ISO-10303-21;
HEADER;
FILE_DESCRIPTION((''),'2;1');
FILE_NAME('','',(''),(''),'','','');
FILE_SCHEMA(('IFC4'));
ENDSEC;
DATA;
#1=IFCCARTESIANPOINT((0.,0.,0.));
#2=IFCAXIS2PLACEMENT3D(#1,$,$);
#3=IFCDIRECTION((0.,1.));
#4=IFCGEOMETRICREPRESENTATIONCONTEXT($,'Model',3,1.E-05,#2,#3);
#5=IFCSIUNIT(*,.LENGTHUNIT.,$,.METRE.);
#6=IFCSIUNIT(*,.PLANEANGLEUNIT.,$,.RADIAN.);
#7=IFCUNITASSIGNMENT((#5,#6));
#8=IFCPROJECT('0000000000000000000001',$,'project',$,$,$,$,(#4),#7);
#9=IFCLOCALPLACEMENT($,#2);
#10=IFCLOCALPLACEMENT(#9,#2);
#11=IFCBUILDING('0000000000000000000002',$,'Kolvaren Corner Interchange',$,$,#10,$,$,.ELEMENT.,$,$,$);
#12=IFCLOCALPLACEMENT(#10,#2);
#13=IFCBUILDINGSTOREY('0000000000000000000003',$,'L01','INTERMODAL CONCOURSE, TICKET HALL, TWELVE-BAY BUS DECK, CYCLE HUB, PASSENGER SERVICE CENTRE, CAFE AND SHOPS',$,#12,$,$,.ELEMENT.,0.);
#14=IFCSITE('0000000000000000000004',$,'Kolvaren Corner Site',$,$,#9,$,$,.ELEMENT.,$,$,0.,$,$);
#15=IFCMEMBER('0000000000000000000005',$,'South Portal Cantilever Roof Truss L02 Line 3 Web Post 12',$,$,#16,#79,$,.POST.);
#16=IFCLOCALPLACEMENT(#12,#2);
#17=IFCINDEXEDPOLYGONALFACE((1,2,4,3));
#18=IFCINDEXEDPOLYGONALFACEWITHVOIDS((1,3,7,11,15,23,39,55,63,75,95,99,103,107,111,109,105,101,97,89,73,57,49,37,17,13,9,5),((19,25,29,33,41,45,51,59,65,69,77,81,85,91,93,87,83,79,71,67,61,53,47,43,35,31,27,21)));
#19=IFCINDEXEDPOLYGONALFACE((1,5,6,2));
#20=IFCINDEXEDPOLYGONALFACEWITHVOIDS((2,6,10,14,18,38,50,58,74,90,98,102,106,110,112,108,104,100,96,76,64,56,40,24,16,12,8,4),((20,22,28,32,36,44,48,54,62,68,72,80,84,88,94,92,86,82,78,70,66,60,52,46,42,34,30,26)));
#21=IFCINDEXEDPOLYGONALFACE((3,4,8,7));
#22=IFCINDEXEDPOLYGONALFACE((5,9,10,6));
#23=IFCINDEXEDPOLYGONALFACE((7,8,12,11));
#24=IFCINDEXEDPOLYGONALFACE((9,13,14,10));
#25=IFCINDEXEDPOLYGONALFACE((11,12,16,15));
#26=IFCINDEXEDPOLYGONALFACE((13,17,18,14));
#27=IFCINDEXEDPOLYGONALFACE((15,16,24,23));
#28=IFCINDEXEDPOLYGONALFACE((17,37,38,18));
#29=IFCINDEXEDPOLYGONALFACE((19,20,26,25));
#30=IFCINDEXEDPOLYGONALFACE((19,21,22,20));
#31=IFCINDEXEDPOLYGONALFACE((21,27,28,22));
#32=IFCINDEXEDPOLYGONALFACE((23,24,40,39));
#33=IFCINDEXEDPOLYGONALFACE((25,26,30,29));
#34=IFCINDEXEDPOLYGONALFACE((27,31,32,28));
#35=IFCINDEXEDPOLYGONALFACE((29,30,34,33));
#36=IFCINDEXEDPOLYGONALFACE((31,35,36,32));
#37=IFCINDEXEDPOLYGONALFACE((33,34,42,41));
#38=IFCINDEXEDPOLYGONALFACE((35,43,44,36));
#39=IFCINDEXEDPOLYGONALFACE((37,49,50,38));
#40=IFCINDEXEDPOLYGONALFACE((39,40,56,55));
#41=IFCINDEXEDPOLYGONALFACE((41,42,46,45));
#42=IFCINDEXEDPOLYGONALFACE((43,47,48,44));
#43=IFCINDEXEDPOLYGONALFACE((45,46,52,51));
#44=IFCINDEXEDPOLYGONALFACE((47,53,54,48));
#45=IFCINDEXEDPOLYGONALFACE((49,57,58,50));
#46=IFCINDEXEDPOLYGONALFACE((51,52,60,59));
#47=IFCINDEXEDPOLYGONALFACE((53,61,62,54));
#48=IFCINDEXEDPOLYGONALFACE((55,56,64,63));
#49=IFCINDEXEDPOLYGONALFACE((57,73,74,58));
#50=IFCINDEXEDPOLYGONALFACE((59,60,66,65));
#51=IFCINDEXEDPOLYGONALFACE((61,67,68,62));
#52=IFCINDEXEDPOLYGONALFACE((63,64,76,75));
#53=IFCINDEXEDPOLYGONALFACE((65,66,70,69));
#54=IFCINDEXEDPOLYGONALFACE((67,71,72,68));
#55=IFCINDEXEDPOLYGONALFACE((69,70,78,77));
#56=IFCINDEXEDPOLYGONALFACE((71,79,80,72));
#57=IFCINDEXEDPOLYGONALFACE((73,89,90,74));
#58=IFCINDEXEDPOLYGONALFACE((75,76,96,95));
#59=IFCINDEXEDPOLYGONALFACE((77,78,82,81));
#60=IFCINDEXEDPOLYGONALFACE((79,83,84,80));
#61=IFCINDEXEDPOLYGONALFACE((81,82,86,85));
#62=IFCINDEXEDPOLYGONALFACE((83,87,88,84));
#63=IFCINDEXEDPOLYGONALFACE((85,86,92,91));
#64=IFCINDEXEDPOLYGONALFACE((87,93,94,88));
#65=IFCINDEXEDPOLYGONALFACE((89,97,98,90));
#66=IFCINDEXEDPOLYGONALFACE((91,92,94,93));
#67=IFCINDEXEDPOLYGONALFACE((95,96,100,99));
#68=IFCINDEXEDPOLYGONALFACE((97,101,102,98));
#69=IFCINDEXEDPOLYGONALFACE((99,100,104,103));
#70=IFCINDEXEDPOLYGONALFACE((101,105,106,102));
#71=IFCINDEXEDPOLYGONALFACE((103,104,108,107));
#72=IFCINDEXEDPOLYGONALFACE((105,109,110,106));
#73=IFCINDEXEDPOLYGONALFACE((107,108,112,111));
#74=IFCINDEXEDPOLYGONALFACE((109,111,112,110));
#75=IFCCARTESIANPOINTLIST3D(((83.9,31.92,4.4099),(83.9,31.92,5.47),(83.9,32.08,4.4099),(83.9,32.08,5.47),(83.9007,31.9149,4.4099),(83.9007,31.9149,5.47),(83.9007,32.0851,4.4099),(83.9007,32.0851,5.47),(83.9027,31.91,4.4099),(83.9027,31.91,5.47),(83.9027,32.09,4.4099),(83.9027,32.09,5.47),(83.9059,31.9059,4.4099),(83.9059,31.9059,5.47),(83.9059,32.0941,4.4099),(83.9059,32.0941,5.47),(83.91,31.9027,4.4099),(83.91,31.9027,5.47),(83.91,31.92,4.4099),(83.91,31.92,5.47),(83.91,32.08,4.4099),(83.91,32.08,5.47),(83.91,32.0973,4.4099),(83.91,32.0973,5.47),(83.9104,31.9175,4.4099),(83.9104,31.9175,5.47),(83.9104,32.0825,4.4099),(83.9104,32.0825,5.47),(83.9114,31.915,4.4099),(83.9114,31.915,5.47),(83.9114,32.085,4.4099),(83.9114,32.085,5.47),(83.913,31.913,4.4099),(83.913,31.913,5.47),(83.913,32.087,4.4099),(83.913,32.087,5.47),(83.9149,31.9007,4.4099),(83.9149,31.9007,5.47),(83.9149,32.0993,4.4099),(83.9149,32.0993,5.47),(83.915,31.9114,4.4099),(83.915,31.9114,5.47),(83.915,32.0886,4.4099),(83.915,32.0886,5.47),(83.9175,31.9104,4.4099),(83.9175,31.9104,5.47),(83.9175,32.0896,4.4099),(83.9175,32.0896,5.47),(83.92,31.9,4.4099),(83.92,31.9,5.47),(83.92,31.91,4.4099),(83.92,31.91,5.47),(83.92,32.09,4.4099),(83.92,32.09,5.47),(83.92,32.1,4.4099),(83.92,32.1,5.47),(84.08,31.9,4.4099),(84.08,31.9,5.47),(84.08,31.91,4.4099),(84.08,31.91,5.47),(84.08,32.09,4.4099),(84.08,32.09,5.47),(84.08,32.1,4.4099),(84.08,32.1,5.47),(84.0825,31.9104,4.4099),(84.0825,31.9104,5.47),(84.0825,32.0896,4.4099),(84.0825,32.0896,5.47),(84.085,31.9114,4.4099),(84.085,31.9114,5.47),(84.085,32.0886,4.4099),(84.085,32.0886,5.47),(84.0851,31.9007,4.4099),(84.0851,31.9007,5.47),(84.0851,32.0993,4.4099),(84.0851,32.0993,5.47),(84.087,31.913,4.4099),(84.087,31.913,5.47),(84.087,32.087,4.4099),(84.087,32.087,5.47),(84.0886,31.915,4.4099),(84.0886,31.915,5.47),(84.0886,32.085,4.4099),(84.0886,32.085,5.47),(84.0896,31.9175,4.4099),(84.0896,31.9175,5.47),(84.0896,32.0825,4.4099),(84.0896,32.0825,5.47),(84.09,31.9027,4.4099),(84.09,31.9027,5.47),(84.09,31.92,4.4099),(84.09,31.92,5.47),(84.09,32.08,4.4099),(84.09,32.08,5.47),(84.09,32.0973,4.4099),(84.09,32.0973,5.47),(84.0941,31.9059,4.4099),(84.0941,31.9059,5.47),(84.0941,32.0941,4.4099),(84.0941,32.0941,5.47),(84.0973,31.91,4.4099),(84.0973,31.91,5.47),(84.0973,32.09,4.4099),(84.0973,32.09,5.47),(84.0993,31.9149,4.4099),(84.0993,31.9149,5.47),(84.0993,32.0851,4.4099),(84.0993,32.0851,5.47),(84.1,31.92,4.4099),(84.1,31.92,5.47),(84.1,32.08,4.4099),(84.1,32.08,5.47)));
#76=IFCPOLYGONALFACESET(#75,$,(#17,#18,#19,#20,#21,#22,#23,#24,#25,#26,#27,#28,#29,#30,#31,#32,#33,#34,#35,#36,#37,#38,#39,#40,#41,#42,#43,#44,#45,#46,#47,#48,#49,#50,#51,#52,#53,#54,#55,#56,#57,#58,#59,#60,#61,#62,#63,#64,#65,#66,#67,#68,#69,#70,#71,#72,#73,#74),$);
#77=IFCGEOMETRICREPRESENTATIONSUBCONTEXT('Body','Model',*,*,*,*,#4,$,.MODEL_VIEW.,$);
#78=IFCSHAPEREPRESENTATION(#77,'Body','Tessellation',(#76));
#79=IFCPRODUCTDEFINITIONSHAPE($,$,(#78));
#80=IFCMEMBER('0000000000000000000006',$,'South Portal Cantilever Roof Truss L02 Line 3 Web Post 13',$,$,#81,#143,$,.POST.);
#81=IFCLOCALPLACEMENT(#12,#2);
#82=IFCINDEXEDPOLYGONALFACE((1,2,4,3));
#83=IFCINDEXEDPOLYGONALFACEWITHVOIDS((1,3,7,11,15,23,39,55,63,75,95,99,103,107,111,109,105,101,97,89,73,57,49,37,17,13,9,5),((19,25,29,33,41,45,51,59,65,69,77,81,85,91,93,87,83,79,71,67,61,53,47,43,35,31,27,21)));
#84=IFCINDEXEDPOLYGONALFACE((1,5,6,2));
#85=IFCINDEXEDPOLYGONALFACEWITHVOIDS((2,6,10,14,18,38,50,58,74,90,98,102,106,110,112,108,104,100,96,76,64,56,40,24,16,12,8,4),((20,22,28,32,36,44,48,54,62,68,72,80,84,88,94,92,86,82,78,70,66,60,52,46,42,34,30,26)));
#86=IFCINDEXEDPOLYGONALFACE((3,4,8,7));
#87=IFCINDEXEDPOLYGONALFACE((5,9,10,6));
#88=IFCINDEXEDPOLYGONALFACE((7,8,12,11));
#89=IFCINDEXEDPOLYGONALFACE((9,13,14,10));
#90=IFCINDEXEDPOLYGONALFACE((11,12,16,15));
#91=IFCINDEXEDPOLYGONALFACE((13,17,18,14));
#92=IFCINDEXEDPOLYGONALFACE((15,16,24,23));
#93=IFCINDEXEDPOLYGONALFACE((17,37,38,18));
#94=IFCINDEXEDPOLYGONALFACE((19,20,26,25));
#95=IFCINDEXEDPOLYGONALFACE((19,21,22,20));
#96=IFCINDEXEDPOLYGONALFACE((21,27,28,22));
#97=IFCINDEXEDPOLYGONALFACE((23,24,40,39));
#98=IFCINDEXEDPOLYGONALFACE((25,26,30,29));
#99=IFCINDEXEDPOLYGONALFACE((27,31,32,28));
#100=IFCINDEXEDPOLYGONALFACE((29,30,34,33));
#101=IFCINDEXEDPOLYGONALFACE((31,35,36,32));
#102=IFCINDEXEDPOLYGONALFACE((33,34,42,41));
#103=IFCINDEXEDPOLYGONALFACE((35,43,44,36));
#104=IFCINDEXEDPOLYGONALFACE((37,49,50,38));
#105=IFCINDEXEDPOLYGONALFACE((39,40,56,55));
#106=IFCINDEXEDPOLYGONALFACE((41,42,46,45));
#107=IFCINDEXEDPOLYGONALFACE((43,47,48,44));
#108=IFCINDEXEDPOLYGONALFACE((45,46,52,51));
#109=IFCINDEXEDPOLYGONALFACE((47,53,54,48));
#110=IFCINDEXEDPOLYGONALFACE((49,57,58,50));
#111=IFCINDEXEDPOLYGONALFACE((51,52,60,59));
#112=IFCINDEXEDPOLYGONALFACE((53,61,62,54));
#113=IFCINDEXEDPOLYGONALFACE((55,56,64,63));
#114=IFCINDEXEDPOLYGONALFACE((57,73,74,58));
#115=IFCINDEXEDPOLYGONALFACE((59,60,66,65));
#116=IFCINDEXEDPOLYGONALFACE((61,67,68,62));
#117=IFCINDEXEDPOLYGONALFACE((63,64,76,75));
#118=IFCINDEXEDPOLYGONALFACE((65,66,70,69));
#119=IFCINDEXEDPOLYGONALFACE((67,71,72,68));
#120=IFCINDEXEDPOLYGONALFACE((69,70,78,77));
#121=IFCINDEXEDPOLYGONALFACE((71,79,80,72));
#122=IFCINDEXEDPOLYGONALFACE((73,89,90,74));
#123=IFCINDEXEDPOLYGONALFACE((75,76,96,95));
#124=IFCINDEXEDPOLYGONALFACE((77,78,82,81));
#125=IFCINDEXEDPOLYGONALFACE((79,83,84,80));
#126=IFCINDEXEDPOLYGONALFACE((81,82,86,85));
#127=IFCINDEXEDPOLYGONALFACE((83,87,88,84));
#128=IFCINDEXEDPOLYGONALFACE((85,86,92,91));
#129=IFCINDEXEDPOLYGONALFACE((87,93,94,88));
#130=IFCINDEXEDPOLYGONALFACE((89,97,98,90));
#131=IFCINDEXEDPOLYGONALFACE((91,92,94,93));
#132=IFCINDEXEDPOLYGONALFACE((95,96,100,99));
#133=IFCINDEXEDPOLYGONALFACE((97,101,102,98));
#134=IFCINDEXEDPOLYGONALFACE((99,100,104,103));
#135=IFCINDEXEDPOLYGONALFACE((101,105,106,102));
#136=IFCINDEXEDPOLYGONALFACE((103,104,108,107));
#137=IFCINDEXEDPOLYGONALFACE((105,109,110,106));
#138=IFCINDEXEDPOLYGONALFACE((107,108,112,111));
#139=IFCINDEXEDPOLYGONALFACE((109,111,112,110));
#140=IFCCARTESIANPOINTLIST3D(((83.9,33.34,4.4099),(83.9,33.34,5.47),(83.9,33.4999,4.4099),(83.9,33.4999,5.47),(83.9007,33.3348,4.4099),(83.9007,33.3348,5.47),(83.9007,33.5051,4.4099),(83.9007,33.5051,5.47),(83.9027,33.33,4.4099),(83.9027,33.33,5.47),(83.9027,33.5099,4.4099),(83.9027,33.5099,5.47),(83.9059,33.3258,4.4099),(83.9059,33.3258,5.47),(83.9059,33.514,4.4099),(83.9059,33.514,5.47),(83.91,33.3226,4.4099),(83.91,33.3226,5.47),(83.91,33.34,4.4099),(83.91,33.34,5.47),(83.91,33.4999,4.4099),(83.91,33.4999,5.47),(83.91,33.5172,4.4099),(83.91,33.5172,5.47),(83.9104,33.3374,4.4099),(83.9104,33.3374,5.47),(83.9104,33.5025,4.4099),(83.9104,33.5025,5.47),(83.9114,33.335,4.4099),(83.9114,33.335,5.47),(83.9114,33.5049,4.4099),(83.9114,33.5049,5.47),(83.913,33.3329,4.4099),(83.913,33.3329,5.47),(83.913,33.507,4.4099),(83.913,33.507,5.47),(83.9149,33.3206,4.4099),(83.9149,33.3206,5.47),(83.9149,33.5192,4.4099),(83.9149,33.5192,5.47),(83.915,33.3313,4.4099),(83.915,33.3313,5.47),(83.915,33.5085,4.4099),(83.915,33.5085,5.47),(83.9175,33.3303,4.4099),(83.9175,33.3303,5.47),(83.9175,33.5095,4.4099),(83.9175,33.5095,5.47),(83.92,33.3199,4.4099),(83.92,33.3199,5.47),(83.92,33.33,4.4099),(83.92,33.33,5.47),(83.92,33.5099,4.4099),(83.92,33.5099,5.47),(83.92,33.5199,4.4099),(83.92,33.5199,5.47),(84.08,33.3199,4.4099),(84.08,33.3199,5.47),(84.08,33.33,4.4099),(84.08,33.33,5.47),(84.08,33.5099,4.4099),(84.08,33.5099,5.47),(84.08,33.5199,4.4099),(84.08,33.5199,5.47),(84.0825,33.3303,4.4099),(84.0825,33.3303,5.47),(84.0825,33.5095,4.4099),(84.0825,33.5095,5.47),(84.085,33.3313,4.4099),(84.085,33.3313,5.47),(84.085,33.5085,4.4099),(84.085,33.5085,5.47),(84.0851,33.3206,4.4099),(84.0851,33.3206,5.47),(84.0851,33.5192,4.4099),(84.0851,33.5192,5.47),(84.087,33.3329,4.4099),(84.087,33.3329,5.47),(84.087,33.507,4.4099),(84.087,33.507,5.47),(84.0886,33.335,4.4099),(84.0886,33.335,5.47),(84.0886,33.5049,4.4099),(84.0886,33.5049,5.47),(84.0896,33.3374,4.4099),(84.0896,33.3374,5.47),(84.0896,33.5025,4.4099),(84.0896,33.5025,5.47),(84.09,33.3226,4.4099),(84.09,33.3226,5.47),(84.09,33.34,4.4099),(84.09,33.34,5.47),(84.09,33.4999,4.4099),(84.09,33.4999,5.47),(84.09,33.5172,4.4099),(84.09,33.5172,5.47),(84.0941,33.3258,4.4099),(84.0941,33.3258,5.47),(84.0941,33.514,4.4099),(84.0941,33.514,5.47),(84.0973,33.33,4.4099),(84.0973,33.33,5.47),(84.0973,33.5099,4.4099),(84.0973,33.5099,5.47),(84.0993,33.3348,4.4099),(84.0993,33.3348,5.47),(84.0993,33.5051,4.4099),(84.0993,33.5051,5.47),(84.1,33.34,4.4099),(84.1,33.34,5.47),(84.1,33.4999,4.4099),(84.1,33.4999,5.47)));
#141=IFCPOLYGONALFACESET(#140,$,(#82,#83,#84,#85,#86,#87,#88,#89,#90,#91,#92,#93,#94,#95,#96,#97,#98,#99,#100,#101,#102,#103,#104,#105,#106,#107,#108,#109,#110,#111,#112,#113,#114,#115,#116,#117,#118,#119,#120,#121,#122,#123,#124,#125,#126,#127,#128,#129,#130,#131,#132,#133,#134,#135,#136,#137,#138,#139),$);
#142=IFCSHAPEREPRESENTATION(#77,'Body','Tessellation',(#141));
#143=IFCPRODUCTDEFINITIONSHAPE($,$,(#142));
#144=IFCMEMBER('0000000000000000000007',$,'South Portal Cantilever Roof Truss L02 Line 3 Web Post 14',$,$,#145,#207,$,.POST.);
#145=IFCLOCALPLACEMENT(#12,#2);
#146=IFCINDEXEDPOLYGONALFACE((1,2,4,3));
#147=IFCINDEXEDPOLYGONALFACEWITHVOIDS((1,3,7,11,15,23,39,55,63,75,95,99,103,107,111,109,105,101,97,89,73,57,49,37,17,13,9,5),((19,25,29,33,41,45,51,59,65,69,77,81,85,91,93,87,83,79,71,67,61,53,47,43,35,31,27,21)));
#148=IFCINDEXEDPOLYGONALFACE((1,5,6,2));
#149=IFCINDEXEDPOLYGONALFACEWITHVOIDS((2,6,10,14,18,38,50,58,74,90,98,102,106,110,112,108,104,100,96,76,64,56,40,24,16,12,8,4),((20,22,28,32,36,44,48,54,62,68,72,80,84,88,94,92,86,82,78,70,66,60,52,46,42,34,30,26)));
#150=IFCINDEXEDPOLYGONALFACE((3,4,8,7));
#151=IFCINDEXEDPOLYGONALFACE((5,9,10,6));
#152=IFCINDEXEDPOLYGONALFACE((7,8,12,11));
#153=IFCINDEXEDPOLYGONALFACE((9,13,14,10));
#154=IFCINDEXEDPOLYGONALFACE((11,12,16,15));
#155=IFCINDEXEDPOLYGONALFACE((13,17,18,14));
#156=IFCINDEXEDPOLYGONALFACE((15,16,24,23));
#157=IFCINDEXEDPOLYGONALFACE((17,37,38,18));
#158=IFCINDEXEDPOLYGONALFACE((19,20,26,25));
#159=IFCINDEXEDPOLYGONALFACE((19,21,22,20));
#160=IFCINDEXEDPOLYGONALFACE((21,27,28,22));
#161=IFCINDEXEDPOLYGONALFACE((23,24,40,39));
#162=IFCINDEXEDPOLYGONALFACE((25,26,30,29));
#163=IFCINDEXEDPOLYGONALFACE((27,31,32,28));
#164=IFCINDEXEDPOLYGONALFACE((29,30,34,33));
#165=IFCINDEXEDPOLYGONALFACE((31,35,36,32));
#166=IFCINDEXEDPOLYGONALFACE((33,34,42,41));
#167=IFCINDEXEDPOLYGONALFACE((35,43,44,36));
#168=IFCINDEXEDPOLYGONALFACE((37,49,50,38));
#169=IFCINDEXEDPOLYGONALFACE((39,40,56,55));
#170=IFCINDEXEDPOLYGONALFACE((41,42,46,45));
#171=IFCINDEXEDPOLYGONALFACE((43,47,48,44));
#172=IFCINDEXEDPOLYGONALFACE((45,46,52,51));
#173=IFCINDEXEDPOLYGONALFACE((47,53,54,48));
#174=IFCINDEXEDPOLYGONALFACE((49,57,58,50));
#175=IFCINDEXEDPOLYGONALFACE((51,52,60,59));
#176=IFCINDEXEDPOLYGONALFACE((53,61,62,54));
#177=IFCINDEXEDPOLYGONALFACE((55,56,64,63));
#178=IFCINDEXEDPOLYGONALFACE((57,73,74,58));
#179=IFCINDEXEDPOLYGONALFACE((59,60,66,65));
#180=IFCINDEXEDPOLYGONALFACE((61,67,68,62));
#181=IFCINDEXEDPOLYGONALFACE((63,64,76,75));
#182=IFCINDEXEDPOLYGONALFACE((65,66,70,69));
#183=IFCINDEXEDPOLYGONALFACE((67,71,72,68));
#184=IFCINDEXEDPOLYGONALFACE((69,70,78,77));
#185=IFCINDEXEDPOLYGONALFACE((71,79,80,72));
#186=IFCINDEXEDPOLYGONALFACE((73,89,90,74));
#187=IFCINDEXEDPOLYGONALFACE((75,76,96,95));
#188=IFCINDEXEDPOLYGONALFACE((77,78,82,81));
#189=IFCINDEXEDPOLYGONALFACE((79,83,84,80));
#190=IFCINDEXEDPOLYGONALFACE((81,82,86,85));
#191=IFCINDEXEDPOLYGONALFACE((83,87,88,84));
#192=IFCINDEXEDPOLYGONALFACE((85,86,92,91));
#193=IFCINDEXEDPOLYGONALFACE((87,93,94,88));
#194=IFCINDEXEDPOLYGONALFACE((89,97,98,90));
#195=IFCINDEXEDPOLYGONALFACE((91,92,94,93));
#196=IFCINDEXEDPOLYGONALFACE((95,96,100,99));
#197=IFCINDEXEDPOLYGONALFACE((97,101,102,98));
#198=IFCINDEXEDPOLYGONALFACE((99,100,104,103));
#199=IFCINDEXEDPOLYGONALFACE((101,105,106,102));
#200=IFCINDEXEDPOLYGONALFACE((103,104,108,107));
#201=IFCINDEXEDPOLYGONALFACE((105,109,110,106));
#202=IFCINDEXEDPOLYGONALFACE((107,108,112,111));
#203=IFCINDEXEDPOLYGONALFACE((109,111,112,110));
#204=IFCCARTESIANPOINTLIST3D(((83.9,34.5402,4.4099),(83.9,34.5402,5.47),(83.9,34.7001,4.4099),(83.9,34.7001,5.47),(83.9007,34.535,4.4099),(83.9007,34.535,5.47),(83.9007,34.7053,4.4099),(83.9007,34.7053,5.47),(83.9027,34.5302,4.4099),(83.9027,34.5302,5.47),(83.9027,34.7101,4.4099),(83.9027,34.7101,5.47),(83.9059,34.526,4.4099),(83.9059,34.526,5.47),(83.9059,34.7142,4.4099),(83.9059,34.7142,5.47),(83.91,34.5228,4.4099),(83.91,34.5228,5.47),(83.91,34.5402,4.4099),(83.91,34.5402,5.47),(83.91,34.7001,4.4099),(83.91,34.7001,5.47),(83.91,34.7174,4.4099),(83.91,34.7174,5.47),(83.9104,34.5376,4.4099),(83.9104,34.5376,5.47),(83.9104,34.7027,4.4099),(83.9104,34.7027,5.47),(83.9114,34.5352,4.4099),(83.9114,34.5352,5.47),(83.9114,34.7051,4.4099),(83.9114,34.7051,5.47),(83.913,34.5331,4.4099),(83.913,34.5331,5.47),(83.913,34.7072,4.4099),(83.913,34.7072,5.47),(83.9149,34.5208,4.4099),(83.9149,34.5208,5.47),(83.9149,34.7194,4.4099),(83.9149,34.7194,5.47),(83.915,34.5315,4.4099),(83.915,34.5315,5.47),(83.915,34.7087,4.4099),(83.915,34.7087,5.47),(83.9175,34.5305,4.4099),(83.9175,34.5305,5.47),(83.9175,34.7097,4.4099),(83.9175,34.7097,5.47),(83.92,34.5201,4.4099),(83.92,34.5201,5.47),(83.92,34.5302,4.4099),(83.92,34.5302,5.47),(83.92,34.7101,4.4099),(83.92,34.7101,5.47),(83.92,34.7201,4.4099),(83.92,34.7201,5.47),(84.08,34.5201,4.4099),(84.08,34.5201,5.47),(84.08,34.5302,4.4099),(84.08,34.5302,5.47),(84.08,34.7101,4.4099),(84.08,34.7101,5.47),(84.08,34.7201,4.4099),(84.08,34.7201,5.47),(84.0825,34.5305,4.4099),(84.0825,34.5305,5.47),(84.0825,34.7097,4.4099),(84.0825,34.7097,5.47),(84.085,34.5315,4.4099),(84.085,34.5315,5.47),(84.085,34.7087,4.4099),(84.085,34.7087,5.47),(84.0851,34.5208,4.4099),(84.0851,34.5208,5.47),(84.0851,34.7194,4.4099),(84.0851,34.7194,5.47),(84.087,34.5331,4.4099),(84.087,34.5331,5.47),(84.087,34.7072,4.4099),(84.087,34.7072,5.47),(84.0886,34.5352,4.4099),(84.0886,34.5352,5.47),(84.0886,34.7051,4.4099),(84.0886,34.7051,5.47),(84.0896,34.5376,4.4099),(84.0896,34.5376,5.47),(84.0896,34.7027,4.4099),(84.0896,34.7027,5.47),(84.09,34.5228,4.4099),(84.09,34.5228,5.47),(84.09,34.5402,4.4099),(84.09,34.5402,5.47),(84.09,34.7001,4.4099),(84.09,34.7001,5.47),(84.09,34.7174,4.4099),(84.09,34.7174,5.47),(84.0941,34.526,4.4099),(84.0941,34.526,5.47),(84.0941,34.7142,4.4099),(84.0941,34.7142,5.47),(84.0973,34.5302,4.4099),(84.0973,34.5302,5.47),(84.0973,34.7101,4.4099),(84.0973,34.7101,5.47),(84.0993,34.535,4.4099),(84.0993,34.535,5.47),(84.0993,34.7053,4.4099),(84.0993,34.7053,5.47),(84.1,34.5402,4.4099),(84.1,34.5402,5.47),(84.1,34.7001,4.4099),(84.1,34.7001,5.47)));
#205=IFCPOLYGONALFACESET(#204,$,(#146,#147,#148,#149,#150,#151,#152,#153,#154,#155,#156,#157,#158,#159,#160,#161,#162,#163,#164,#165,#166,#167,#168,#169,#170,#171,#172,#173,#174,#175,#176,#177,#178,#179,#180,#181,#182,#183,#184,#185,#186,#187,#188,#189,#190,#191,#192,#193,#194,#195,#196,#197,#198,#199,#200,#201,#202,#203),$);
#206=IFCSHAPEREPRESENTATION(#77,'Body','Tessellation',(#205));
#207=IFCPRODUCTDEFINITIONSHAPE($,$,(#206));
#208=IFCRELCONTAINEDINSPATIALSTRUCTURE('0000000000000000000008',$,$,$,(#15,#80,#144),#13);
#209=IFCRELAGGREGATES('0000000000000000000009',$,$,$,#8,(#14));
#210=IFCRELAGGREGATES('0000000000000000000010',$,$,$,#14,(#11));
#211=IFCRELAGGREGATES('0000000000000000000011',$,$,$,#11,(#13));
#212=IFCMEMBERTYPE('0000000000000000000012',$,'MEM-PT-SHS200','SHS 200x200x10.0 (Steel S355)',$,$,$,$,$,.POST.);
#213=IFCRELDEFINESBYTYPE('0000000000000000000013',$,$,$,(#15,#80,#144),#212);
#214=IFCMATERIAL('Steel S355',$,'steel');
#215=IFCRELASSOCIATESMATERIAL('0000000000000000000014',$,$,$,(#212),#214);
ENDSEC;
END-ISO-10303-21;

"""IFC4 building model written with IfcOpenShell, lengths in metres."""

from ifc_helpers import new_model, si_unit, direction, frame, origin, origin_2d, place, context, subcontext, project, spatial, hollow_rectangle, extrude, material, material_profile, profile_set, type_object, element, save


model = new_model("IFC4")

# Units and contexts
model_context = context("Model", 3, precision=1e-05, world=origin(), true_north=direction((0.0, 1.0)))
body_context = subcontext(model_context, "Body", "Model", "MODEL_VIEW")
ifc_project = project(units=[si_unit("LENGTHUNIT", "METRE"), si_unit("PLANEANGLEUNIT", "RADIAN")], contexts=[model_context])

# Site, building, storey
site_placement = place(None, origin())
site = spatial("IfcSite", under=ifc_project, at=site_placement, Name="Kolvaren Corner Site", CompositionType="ELEMENT", RefElevation=0.0)
building_placement = place(site_placement, origin())
building = spatial("IfcBuilding", under=site, at=building_placement, Name="Kolvaren Corner Interchange", CompositionType="ELEMENT")
storey_placement = place(building_placement, origin())
storey = spatial("IfcBuildingStorey", under=building, at=storey_placement, Name="L01", Description="INTERMODAL CONCOURSE, TICKET HALL, TWELVE-BAY BUS DECK, CYCLE HUB, PASSENGER SERVICE CENTRE, CAFE AND SHOPS", CompositionType="ELEMENT", Elevation=0.0)

# Members
ifc_material_1 = material(Name="Steel S355", Category="steel")
ifc_material_profile_1 = material_profile(ifc_material_1, hollow_rectangle(XDim=0.2, YDim=0.2, WallThickness=0.01, InnerFilletRadius=0.01, OuterFilletRadius=0.02, at=origin_2d()), Name="SHS 200x200x10.0")
ifc_profile_set_1 = profile_set([ifc_material_profile_1], Name="Steel S355")
member_type_1 = type_object("IfcMemberType", Name="MEM-PT-SHS200", Description="SHS 200x200x10.0 (Steel S355)", PredefinedType="POST", material=ifc_profile_set_1)
for number, where, z_axis, x_axis, name in (
    (1, (84.0, 32.0, 4.4099), (0.0, 0.0, 1.0), (1.0, 0.0, 0.0), "South Portal Cantilever Roof Truss L02 Line 3 Web Post 12"),
    (2, (84.0, 33.4199, 4.4099), (0.0, 0.0, 1.0), (1.0, 0.0, 0.0), "South Portal Cantilever Roof Truss L02 Line 3 Web Post 13"),
    (3, (84.0, 34.6201, 4.4099), (0.0, 0.0, 1.0), (1.0, 0.0, 0.0), "South Portal Cantilever Roof Truss L02 Line 3 Web Post 14"),
):
    element("IfcMember", number, at=place(storey_placement, frame(where, z_axis=z_axis, x_axis=x_axis)), inside=storey, type_object=member_type_1, Name=name, PredefinedType="POST", context=body_context, shape_type="SweptSolid", body=[
        extrude(hollow_rectangle(XDim=0.2, YDim=0.2, WallThickness=0.01, InnerFilletRadius=0.01, OuterFilletRadius=0.02, at=origin_2d()), origin(), (0.0, 0.0, 1.0), 1.0601),
    ])

save(model, "model.ifc")
